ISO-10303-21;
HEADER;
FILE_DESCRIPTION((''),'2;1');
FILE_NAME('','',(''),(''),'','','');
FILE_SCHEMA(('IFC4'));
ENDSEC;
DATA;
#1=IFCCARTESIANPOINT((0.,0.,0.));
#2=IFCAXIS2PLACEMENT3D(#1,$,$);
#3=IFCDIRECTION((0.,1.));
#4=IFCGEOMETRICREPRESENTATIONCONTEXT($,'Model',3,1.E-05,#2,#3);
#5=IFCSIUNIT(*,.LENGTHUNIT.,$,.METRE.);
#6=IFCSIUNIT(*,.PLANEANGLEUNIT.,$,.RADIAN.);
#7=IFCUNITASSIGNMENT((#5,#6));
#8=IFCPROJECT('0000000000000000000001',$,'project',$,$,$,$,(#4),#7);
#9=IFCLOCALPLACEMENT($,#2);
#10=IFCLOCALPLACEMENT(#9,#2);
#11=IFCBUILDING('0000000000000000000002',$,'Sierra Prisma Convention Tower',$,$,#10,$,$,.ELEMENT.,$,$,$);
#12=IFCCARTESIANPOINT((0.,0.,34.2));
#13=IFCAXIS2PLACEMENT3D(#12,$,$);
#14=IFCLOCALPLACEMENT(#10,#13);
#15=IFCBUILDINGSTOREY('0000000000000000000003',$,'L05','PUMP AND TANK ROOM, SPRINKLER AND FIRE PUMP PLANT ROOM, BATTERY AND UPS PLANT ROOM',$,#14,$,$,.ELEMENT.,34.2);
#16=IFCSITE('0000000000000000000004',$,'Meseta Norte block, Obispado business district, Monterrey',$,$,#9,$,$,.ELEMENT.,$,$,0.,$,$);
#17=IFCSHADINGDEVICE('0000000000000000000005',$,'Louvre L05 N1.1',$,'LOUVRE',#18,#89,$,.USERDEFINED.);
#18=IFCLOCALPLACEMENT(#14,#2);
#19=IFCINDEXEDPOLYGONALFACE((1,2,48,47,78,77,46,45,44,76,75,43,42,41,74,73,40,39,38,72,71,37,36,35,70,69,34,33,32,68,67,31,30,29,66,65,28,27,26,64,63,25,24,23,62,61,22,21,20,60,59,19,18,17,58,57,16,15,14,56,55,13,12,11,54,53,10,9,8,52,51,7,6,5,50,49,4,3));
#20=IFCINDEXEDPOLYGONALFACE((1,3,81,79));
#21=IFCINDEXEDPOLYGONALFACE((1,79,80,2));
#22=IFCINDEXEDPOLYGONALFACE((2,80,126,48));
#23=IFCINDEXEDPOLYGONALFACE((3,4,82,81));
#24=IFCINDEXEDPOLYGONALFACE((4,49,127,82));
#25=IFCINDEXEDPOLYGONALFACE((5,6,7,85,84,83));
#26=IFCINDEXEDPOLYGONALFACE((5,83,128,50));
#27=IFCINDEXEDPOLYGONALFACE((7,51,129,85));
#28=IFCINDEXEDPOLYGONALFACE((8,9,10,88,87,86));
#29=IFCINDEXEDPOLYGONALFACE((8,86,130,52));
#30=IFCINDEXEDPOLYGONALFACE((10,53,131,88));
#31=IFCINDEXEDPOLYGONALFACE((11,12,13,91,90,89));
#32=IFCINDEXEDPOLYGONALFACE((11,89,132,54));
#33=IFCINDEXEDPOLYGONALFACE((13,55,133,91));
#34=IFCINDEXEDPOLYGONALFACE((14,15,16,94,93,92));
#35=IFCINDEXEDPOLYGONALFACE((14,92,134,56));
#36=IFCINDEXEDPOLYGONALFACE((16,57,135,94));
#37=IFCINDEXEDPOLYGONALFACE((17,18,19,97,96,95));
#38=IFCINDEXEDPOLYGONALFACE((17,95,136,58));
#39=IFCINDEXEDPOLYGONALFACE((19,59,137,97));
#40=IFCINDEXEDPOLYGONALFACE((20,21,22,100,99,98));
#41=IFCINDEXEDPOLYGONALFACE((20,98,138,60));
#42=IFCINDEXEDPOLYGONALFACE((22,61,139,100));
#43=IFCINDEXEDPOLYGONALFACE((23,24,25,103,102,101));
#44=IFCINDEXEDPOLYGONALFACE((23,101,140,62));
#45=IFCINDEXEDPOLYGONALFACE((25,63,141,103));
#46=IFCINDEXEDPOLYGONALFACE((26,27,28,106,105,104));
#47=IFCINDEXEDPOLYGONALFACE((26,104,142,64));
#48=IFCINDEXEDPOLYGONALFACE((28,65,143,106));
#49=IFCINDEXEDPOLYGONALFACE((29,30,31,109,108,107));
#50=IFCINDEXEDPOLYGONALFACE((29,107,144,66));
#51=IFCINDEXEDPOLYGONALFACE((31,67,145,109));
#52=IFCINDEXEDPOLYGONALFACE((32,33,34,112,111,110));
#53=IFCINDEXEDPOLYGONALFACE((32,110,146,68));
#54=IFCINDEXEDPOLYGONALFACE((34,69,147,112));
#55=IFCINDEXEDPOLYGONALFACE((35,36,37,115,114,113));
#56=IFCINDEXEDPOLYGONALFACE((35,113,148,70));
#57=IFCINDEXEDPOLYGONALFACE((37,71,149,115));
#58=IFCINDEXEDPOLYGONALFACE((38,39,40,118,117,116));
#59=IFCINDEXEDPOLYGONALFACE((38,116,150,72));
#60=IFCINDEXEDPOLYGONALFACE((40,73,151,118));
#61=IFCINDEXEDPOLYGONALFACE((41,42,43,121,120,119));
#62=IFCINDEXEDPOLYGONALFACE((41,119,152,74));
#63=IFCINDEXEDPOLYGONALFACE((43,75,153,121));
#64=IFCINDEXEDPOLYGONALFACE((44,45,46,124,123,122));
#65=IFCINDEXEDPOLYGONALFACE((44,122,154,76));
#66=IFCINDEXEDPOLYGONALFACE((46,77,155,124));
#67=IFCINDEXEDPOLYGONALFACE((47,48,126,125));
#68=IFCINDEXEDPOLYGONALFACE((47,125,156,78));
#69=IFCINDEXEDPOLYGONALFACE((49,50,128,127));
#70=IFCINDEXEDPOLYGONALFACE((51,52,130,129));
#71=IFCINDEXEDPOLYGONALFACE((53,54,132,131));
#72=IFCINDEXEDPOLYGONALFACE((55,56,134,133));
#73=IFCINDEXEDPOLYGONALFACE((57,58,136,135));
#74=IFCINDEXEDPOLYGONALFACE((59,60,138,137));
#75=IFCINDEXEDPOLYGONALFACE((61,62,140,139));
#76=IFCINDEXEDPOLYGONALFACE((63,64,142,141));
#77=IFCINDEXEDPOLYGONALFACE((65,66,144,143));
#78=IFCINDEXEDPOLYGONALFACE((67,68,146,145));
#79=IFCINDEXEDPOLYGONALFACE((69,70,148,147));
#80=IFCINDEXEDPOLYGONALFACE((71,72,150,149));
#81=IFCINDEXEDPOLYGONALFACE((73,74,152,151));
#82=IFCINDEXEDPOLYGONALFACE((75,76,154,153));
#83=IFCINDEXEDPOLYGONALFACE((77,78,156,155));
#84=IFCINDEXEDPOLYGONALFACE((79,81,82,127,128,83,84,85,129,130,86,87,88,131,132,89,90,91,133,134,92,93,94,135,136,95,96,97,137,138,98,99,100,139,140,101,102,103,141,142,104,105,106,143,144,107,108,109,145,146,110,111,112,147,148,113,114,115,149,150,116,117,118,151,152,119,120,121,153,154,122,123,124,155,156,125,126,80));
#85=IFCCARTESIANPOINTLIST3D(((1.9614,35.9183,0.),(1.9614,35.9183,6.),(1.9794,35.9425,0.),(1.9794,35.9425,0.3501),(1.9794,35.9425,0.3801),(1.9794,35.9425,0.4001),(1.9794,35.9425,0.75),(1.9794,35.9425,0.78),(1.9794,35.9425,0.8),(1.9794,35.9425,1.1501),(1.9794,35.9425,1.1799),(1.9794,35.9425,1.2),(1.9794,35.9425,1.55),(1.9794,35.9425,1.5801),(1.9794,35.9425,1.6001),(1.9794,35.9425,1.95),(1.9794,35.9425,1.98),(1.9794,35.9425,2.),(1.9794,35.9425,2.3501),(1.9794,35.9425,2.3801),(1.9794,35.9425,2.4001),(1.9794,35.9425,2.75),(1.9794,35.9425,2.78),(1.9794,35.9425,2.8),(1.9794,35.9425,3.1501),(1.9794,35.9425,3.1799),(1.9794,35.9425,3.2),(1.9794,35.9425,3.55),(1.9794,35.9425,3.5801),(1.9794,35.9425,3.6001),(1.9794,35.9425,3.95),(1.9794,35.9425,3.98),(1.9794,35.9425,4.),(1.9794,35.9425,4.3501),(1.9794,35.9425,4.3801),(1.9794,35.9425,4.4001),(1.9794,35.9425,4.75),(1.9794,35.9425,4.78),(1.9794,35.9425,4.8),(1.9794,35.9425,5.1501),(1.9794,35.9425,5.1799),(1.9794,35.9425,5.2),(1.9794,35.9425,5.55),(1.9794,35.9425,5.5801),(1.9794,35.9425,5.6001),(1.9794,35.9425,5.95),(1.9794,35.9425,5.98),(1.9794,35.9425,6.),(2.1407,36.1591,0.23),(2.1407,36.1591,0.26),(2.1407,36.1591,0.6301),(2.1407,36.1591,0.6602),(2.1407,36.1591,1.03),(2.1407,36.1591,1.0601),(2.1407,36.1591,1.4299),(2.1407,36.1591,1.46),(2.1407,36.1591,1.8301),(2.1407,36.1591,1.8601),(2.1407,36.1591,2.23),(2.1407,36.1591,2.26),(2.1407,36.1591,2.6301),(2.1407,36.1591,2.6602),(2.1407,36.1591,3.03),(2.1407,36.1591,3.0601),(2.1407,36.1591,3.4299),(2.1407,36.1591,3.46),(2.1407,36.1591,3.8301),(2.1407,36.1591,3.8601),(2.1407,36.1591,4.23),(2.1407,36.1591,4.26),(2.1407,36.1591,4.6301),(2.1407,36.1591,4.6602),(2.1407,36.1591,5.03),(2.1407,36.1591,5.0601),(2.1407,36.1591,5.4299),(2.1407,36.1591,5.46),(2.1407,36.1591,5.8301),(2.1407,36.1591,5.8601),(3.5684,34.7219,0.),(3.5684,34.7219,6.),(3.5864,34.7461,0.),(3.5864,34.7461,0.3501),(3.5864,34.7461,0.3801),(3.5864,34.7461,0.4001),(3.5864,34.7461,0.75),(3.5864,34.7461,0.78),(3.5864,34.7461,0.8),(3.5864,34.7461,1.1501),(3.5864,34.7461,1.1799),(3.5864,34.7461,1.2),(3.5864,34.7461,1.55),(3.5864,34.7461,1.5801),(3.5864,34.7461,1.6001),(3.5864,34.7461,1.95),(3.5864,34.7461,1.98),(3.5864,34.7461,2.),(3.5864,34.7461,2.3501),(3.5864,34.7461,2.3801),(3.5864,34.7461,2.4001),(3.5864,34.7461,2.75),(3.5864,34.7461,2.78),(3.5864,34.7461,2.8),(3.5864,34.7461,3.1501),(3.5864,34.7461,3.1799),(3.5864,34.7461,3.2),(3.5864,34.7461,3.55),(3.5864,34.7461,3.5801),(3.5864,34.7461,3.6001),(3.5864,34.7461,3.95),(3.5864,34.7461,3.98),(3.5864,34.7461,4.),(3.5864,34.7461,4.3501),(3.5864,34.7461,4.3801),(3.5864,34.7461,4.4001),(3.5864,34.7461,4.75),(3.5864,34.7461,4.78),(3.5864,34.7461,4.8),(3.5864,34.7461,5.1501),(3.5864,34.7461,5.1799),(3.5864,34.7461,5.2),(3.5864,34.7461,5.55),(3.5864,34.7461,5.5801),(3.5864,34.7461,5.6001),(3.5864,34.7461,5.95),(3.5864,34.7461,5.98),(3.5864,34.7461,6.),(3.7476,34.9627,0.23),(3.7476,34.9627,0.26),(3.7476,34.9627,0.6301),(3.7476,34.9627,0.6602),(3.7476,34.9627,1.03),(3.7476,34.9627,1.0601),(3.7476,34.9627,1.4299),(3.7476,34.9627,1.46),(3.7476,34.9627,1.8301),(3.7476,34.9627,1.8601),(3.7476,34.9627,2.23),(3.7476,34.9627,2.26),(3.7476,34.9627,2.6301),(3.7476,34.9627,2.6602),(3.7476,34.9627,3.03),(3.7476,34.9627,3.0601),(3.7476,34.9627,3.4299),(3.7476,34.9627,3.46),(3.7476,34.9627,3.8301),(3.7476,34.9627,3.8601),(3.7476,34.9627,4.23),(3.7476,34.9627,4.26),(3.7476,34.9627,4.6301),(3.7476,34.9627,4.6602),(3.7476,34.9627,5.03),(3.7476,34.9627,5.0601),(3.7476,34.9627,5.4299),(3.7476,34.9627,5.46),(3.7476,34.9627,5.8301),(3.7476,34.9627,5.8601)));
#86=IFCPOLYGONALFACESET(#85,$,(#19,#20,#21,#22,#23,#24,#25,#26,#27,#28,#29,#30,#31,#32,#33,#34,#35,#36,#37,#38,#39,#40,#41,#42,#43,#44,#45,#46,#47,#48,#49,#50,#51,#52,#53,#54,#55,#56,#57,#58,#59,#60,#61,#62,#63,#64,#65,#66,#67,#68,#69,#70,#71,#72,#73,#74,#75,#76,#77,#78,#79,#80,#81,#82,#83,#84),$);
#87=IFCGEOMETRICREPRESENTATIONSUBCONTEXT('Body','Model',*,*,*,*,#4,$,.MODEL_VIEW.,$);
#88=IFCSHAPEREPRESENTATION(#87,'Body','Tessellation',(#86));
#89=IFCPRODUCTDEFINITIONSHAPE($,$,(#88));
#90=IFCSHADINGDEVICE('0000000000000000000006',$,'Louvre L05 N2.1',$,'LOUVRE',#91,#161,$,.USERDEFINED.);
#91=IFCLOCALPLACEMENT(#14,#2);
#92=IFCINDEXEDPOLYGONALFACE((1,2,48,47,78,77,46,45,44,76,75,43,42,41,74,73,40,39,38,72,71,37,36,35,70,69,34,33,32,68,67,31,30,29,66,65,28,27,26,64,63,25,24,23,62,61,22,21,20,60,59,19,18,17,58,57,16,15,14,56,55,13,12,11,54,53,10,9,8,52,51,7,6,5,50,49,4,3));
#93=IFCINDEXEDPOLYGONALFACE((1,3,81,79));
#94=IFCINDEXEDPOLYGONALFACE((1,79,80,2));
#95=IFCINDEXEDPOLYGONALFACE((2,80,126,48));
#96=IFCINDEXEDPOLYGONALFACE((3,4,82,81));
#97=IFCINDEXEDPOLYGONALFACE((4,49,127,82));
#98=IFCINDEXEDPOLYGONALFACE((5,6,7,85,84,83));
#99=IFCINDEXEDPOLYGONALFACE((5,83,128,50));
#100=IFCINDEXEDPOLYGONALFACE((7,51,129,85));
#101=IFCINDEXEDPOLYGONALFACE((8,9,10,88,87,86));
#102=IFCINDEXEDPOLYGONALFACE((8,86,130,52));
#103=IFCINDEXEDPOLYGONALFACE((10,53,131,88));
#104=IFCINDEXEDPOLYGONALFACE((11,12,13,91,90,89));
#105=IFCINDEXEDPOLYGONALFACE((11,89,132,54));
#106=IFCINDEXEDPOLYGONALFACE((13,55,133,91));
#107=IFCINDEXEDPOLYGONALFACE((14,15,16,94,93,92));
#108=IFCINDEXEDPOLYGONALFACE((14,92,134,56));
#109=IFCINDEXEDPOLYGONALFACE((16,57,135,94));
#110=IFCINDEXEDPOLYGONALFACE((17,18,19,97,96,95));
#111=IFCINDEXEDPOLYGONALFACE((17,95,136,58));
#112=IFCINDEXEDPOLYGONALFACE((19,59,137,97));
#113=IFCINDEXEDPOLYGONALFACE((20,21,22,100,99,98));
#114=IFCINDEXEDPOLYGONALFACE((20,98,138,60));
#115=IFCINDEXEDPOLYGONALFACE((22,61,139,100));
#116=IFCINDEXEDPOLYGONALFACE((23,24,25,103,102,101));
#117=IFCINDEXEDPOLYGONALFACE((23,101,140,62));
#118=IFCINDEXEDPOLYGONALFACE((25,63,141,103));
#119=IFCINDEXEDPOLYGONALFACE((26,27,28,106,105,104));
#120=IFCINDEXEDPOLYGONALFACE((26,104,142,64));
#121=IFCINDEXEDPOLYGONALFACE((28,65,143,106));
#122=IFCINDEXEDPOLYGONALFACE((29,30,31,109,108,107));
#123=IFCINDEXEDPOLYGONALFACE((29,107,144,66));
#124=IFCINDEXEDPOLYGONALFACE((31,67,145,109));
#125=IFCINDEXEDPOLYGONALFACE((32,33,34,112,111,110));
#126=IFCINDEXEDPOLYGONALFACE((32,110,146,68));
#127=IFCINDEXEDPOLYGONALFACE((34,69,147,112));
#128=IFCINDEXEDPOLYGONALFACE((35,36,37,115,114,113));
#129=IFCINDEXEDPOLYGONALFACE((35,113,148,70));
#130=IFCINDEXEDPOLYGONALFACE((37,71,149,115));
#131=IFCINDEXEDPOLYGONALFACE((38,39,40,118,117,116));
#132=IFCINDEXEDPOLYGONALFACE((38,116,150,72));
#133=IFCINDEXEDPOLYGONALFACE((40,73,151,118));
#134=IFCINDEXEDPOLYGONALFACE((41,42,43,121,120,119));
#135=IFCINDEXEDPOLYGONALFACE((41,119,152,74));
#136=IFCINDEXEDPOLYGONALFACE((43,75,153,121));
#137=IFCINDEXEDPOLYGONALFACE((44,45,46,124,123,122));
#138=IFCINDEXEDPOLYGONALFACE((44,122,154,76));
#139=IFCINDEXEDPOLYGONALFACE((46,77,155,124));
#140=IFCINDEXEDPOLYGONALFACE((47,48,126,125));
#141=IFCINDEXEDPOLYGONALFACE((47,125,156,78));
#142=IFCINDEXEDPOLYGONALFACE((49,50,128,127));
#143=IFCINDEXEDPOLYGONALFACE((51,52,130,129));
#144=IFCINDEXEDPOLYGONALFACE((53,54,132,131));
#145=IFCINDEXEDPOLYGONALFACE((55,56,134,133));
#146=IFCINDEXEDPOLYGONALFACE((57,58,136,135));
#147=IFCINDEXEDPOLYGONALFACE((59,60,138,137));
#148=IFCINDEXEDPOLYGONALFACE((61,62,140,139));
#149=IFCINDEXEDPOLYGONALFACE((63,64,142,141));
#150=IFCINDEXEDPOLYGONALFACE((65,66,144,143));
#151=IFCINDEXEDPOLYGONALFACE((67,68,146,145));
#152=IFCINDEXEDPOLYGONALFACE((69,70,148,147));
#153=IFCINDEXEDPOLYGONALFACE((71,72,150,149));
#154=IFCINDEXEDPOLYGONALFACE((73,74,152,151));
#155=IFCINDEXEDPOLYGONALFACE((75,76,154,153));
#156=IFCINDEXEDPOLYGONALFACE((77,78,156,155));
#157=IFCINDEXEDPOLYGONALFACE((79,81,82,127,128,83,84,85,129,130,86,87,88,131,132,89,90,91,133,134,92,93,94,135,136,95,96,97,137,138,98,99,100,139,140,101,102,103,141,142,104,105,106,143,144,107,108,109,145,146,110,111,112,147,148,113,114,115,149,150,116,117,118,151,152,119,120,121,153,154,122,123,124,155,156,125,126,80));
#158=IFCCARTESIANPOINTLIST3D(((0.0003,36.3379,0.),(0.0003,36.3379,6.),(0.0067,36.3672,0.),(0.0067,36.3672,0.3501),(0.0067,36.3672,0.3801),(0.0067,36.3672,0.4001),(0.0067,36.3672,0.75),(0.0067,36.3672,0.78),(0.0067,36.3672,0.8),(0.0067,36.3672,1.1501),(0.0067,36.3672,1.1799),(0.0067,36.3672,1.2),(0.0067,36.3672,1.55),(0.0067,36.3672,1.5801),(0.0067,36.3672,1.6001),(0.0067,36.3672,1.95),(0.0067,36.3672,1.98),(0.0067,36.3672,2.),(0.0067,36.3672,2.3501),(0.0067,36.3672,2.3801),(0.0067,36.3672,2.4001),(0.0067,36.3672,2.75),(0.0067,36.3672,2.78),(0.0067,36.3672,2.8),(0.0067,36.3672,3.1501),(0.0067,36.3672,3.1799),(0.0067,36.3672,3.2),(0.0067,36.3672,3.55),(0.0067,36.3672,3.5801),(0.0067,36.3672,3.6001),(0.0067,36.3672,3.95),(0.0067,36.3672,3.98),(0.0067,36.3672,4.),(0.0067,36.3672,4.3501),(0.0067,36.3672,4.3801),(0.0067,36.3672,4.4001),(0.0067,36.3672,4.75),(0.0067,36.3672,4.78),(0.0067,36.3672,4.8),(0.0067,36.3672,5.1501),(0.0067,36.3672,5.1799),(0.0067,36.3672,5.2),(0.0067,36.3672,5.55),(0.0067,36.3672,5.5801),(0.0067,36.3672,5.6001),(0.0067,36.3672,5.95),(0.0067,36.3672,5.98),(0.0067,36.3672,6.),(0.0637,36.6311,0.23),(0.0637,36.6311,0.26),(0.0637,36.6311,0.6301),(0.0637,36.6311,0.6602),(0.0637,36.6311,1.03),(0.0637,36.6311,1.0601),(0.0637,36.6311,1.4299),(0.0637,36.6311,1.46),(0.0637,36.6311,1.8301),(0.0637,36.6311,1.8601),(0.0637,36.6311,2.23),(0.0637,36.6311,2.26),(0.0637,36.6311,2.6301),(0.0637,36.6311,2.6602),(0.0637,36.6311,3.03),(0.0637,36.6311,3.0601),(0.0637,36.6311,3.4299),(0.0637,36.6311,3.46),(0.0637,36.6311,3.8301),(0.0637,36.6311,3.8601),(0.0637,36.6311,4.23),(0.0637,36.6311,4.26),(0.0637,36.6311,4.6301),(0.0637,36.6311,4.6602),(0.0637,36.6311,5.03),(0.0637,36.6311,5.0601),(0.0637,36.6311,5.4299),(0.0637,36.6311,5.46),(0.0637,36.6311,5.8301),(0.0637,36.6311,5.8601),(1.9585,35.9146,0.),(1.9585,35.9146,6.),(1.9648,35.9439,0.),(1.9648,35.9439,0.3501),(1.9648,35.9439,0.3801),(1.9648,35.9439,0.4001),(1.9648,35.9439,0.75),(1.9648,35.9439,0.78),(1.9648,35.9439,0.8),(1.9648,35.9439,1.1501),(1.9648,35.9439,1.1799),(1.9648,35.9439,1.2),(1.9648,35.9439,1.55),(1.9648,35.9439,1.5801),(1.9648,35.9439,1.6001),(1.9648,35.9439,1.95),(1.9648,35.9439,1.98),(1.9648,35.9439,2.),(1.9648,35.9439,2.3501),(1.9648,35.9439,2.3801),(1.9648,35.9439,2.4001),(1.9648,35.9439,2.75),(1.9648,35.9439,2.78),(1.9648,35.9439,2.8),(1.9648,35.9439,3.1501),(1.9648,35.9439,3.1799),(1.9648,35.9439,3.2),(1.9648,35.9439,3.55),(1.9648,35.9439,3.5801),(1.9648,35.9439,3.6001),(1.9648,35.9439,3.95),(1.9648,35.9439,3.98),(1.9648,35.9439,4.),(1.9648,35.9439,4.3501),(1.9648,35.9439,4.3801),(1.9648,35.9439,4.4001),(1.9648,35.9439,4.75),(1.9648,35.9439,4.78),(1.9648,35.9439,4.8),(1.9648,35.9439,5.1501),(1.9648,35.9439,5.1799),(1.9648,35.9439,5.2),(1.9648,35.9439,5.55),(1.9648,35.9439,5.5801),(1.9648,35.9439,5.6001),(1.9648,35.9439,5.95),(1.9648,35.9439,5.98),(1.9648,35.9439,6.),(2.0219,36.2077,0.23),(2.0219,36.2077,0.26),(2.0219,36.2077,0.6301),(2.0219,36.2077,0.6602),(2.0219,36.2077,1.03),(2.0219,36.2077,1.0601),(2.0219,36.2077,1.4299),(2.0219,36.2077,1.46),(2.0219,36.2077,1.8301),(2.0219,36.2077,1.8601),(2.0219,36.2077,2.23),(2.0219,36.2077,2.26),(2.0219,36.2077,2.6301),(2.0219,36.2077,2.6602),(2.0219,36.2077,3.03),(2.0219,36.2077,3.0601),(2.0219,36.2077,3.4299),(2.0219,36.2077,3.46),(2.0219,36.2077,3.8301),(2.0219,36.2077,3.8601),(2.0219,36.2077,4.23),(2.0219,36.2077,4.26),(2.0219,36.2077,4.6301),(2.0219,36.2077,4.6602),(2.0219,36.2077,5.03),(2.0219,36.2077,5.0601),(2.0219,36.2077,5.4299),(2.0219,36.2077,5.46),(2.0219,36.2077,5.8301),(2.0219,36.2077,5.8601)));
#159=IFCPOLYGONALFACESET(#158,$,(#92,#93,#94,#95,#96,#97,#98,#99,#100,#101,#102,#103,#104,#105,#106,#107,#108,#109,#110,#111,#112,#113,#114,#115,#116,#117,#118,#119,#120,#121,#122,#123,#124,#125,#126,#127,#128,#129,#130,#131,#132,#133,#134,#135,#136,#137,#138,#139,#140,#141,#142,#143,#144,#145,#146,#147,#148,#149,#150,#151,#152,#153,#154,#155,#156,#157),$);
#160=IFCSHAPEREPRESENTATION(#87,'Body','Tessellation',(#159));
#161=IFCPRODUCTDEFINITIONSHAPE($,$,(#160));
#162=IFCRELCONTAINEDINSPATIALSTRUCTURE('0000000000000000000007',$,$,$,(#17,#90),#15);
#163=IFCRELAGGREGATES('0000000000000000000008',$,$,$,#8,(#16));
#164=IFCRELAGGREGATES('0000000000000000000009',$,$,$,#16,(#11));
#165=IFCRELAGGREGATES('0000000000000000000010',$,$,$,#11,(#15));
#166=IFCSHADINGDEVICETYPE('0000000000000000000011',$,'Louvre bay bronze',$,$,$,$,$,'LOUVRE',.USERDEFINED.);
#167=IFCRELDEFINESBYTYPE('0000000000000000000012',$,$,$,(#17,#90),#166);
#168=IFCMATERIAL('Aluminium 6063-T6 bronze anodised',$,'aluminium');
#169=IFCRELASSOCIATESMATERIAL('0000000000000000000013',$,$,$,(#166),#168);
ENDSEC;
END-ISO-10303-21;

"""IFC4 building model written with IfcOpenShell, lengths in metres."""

from ifc_helpers import new_model, si_unit, direction, frame, origin, place, context, subcontext, project, spatial, polyline, outline, extrude, material, type_object, element, save


model = new_model("IFC4")

# Units and contexts
model_context = context("Model", 3, precision=1e-05, world=origin(), true_north=direction((0.0, 1.0)))
body_context = subcontext(model_context, "Body", "Model", "MODEL_VIEW")
ifc_project = project(units=[si_unit("LENGTHUNIT", "METRE"), si_unit("PLANEANGLEUNIT", "RADIAN")], contexts=[model_context])

# Site, building, storey
site_placement = place(None, origin())
site = spatial("IfcSite", under=ifc_project, at=site_placement, Name="Meseta Norte block, Obispado business district, Monterrey", CompositionType="ELEMENT", RefElevation=0.0)
building_placement = place(site_placement, origin())
building = spatial("IfcBuilding", under=site, at=building_placement, Name="Sierra Prisma Convention Tower", CompositionType="ELEMENT")
storey_placement = place(building_placement, frame((0.0, 0.0, 34.2)))
storey = spatial("IfcBuildingStorey", under=building, at=storey_placement, Name="L05", Description="PUMP AND TANK ROOM, SPRINKLER AND FIRE PUMP PLANT ROOM, BATTERY AND UPS PLANT ROOM", CompositionType="ELEMENT", Elevation=34.2)

# Shading devices
ifc_material_1 = material(Name="Aluminium 6063-T6 bronze anodised", Category="aluminium")
shading_device_type = type_object("IfcShadingDeviceType", Name="Louvre bay bronze", ElementType="LOUVRE", PredefinedType="USERDEFINED", material=ifc_material_1)
shading_device_1_placement = place(storey_placement, frame((3.5684, 34.7219, 0.0), z_axis=(0.802101, -0.597188, 0.0), x_axis=(0.0, 0.0, 1.0)))
element("IfcShadingDevice", 1, at=shading_device_1_placement, inside=storey, type_object=shading_device_type, Name="Louvre L05 N1.1", ObjectType="LOUVRE", PredefinedType="USERDEFINED", context=body_context, shape_type="SweptSolid", body=[
    extrude(outline(polyline([(0.0, 0.0), (6.0, 0.0), (6.0, -0.0302), (5.98, -0.0302), (5.8601, -0.3002), (5.8301, -0.3002), (5.95, -0.0302), (5.6001, -0.0302), (5.5801, -0.0302), (5.46, -0.3002), (5.4299, -0.3002), (5.55, -0.0302), (5.2, -0.0302), (5.1799, -0.0302), (5.0601, -0.3002), (5.03, -0.3002), (5.1501, -0.0302), (4.8, -0.0302), (4.78, -0.0302), (4.6602, -0.3002), (4.6301, -0.3002), (4.75, -0.0302), (4.4001, -0.0302), (4.3801, -0.0302), (4.26, -0.3002), (4.23, -0.3002), (4.3501, -0.0302), (4.0, -0.0302), (3.98, -0.0302), (3.8601, -0.3002), (3.8301, -0.3002), (3.95, -0.0302), (3.6001, -0.0302), (3.5801, -0.0302), (3.46, -0.3002), (3.4299, -0.3002), (3.55, -0.0302), (3.2, -0.0302), (3.1799, -0.0302), (3.0601, -0.3002), (3.03, -0.3002), (3.1501, -0.0302), (2.8, -0.0302), (2.78, -0.0302), (2.6602, -0.3002), (2.6301, -0.3002), (2.75, -0.0302), (2.4001, -0.0302), (2.3801, -0.0302), (2.26, -0.3002), (2.23, -0.3002), (2.3501, -0.0302), (2.0, -0.0302), (1.98, -0.0302), (1.8601, -0.3002), (1.8301, -0.3002), (1.95, -0.0302), (1.6001, -0.0302), (1.5801, -0.0302), (1.46, -0.3002), (1.4299, -0.3002), (1.55, -0.0302), (1.2, -0.0302), (1.1799, -0.0302), (1.0601, -0.3002), (1.03, -0.3002), (1.1501, -0.0302), (0.8, -0.0302), (0.78, -0.0302), (0.6602, -0.3002), (0.6301, -0.3002), (0.75, -0.0302), (0.4001, -0.0302), (0.3801, -0.0302), (0.26, -0.3002), (0.23, -0.3002), (0.3501, -0.0302), (0.0, -0.0302), (0.0, 0.0)])), origin(), (0.0, 0.0, -1.0), 2.0034),
])
shading_device_2_placement = place(storey_placement, frame((1.9585, 35.9146, 0.0), z_axis=(0.977415, -0.21133, 0.0), x_axis=(0.0, 0.0, 1.0)))
element("IfcShadingDevice", 2, at=shading_device_2_placement, inside=storey, type_object=shading_device_type, Name="Louvre L05 N2.1", ObjectType="LOUVRE", PredefinedType="USERDEFINED", context=body_context, shape_type="SweptSolid", body=[
    extrude(outline(polyline([(0.0, 0.0), (6.0, 0.0), (6.0, -0.03), (5.98, -0.03), (5.8601, -0.3), (5.8301, -0.3), (5.95, -0.03), (5.6001, -0.03), (5.5801, -0.03), (5.46, -0.3), (5.4299, -0.3), (5.55, -0.03), (5.2, -0.03), (5.1799, -0.03), (5.0601, -0.3), (5.03, -0.3), (5.1501, -0.03), (4.8, -0.03), (4.78, -0.03), (4.6602, -0.3), (4.6301, -0.3), (4.75, -0.03), (4.4001, -0.03), (4.3801, -0.03), (4.26, -0.3), (4.23, -0.3), (4.3501, -0.03), (4.0, -0.03), (3.98, -0.03), (3.8601, -0.3), (3.8301, -0.3), (3.95, -0.03), (3.6001, -0.03), (3.5801, -0.03), (3.46, -0.3), (3.4299, -0.3), (3.55, -0.03), (3.2, -0.03), (3.1799, -0.03), (3.0601, -0.3), (3.03, -0.3), (3.1501, -0.03), (2.8, -0.03), (2.78, -0.03), (2.6602, -0.3), (2.6301, -0.3), (2.75, -0.03), (2.4001, -0.03), (2.3801, -0.03), (2.26, -0.3), (2.23, -0.3), (2.3501, -0.03), (2.0, -0.03), (1.98, -0.03), (1.8601, -0.3), (1.8301, -0.3), (1.95, -0.03), (1.6001, -0.03), (1.5801, -0.03), (1.46, -0.3), (1.4299, -0.3), (1.55, -0.03), (1.2, -0.03), (1.1799, -0.03), (1.0601, -0.3), (1.03, -0.3), (1.1501, -0.03), (0.8, -0.03), (0.78, -0.03), (0.6602, -0.3), (0.6301, -0.3), (0.75, -0.03), (0.4001, -0.03), (0.3801, -0.03), (0.26, -0.3), (0.23, -0.3), (0.3501, -0.03), (0.0, -0.03), (0.0, 0.0)])), origin(), (0.0, 0.0, -1.0), 2.0034),
])

save(model, "model.ifc")
